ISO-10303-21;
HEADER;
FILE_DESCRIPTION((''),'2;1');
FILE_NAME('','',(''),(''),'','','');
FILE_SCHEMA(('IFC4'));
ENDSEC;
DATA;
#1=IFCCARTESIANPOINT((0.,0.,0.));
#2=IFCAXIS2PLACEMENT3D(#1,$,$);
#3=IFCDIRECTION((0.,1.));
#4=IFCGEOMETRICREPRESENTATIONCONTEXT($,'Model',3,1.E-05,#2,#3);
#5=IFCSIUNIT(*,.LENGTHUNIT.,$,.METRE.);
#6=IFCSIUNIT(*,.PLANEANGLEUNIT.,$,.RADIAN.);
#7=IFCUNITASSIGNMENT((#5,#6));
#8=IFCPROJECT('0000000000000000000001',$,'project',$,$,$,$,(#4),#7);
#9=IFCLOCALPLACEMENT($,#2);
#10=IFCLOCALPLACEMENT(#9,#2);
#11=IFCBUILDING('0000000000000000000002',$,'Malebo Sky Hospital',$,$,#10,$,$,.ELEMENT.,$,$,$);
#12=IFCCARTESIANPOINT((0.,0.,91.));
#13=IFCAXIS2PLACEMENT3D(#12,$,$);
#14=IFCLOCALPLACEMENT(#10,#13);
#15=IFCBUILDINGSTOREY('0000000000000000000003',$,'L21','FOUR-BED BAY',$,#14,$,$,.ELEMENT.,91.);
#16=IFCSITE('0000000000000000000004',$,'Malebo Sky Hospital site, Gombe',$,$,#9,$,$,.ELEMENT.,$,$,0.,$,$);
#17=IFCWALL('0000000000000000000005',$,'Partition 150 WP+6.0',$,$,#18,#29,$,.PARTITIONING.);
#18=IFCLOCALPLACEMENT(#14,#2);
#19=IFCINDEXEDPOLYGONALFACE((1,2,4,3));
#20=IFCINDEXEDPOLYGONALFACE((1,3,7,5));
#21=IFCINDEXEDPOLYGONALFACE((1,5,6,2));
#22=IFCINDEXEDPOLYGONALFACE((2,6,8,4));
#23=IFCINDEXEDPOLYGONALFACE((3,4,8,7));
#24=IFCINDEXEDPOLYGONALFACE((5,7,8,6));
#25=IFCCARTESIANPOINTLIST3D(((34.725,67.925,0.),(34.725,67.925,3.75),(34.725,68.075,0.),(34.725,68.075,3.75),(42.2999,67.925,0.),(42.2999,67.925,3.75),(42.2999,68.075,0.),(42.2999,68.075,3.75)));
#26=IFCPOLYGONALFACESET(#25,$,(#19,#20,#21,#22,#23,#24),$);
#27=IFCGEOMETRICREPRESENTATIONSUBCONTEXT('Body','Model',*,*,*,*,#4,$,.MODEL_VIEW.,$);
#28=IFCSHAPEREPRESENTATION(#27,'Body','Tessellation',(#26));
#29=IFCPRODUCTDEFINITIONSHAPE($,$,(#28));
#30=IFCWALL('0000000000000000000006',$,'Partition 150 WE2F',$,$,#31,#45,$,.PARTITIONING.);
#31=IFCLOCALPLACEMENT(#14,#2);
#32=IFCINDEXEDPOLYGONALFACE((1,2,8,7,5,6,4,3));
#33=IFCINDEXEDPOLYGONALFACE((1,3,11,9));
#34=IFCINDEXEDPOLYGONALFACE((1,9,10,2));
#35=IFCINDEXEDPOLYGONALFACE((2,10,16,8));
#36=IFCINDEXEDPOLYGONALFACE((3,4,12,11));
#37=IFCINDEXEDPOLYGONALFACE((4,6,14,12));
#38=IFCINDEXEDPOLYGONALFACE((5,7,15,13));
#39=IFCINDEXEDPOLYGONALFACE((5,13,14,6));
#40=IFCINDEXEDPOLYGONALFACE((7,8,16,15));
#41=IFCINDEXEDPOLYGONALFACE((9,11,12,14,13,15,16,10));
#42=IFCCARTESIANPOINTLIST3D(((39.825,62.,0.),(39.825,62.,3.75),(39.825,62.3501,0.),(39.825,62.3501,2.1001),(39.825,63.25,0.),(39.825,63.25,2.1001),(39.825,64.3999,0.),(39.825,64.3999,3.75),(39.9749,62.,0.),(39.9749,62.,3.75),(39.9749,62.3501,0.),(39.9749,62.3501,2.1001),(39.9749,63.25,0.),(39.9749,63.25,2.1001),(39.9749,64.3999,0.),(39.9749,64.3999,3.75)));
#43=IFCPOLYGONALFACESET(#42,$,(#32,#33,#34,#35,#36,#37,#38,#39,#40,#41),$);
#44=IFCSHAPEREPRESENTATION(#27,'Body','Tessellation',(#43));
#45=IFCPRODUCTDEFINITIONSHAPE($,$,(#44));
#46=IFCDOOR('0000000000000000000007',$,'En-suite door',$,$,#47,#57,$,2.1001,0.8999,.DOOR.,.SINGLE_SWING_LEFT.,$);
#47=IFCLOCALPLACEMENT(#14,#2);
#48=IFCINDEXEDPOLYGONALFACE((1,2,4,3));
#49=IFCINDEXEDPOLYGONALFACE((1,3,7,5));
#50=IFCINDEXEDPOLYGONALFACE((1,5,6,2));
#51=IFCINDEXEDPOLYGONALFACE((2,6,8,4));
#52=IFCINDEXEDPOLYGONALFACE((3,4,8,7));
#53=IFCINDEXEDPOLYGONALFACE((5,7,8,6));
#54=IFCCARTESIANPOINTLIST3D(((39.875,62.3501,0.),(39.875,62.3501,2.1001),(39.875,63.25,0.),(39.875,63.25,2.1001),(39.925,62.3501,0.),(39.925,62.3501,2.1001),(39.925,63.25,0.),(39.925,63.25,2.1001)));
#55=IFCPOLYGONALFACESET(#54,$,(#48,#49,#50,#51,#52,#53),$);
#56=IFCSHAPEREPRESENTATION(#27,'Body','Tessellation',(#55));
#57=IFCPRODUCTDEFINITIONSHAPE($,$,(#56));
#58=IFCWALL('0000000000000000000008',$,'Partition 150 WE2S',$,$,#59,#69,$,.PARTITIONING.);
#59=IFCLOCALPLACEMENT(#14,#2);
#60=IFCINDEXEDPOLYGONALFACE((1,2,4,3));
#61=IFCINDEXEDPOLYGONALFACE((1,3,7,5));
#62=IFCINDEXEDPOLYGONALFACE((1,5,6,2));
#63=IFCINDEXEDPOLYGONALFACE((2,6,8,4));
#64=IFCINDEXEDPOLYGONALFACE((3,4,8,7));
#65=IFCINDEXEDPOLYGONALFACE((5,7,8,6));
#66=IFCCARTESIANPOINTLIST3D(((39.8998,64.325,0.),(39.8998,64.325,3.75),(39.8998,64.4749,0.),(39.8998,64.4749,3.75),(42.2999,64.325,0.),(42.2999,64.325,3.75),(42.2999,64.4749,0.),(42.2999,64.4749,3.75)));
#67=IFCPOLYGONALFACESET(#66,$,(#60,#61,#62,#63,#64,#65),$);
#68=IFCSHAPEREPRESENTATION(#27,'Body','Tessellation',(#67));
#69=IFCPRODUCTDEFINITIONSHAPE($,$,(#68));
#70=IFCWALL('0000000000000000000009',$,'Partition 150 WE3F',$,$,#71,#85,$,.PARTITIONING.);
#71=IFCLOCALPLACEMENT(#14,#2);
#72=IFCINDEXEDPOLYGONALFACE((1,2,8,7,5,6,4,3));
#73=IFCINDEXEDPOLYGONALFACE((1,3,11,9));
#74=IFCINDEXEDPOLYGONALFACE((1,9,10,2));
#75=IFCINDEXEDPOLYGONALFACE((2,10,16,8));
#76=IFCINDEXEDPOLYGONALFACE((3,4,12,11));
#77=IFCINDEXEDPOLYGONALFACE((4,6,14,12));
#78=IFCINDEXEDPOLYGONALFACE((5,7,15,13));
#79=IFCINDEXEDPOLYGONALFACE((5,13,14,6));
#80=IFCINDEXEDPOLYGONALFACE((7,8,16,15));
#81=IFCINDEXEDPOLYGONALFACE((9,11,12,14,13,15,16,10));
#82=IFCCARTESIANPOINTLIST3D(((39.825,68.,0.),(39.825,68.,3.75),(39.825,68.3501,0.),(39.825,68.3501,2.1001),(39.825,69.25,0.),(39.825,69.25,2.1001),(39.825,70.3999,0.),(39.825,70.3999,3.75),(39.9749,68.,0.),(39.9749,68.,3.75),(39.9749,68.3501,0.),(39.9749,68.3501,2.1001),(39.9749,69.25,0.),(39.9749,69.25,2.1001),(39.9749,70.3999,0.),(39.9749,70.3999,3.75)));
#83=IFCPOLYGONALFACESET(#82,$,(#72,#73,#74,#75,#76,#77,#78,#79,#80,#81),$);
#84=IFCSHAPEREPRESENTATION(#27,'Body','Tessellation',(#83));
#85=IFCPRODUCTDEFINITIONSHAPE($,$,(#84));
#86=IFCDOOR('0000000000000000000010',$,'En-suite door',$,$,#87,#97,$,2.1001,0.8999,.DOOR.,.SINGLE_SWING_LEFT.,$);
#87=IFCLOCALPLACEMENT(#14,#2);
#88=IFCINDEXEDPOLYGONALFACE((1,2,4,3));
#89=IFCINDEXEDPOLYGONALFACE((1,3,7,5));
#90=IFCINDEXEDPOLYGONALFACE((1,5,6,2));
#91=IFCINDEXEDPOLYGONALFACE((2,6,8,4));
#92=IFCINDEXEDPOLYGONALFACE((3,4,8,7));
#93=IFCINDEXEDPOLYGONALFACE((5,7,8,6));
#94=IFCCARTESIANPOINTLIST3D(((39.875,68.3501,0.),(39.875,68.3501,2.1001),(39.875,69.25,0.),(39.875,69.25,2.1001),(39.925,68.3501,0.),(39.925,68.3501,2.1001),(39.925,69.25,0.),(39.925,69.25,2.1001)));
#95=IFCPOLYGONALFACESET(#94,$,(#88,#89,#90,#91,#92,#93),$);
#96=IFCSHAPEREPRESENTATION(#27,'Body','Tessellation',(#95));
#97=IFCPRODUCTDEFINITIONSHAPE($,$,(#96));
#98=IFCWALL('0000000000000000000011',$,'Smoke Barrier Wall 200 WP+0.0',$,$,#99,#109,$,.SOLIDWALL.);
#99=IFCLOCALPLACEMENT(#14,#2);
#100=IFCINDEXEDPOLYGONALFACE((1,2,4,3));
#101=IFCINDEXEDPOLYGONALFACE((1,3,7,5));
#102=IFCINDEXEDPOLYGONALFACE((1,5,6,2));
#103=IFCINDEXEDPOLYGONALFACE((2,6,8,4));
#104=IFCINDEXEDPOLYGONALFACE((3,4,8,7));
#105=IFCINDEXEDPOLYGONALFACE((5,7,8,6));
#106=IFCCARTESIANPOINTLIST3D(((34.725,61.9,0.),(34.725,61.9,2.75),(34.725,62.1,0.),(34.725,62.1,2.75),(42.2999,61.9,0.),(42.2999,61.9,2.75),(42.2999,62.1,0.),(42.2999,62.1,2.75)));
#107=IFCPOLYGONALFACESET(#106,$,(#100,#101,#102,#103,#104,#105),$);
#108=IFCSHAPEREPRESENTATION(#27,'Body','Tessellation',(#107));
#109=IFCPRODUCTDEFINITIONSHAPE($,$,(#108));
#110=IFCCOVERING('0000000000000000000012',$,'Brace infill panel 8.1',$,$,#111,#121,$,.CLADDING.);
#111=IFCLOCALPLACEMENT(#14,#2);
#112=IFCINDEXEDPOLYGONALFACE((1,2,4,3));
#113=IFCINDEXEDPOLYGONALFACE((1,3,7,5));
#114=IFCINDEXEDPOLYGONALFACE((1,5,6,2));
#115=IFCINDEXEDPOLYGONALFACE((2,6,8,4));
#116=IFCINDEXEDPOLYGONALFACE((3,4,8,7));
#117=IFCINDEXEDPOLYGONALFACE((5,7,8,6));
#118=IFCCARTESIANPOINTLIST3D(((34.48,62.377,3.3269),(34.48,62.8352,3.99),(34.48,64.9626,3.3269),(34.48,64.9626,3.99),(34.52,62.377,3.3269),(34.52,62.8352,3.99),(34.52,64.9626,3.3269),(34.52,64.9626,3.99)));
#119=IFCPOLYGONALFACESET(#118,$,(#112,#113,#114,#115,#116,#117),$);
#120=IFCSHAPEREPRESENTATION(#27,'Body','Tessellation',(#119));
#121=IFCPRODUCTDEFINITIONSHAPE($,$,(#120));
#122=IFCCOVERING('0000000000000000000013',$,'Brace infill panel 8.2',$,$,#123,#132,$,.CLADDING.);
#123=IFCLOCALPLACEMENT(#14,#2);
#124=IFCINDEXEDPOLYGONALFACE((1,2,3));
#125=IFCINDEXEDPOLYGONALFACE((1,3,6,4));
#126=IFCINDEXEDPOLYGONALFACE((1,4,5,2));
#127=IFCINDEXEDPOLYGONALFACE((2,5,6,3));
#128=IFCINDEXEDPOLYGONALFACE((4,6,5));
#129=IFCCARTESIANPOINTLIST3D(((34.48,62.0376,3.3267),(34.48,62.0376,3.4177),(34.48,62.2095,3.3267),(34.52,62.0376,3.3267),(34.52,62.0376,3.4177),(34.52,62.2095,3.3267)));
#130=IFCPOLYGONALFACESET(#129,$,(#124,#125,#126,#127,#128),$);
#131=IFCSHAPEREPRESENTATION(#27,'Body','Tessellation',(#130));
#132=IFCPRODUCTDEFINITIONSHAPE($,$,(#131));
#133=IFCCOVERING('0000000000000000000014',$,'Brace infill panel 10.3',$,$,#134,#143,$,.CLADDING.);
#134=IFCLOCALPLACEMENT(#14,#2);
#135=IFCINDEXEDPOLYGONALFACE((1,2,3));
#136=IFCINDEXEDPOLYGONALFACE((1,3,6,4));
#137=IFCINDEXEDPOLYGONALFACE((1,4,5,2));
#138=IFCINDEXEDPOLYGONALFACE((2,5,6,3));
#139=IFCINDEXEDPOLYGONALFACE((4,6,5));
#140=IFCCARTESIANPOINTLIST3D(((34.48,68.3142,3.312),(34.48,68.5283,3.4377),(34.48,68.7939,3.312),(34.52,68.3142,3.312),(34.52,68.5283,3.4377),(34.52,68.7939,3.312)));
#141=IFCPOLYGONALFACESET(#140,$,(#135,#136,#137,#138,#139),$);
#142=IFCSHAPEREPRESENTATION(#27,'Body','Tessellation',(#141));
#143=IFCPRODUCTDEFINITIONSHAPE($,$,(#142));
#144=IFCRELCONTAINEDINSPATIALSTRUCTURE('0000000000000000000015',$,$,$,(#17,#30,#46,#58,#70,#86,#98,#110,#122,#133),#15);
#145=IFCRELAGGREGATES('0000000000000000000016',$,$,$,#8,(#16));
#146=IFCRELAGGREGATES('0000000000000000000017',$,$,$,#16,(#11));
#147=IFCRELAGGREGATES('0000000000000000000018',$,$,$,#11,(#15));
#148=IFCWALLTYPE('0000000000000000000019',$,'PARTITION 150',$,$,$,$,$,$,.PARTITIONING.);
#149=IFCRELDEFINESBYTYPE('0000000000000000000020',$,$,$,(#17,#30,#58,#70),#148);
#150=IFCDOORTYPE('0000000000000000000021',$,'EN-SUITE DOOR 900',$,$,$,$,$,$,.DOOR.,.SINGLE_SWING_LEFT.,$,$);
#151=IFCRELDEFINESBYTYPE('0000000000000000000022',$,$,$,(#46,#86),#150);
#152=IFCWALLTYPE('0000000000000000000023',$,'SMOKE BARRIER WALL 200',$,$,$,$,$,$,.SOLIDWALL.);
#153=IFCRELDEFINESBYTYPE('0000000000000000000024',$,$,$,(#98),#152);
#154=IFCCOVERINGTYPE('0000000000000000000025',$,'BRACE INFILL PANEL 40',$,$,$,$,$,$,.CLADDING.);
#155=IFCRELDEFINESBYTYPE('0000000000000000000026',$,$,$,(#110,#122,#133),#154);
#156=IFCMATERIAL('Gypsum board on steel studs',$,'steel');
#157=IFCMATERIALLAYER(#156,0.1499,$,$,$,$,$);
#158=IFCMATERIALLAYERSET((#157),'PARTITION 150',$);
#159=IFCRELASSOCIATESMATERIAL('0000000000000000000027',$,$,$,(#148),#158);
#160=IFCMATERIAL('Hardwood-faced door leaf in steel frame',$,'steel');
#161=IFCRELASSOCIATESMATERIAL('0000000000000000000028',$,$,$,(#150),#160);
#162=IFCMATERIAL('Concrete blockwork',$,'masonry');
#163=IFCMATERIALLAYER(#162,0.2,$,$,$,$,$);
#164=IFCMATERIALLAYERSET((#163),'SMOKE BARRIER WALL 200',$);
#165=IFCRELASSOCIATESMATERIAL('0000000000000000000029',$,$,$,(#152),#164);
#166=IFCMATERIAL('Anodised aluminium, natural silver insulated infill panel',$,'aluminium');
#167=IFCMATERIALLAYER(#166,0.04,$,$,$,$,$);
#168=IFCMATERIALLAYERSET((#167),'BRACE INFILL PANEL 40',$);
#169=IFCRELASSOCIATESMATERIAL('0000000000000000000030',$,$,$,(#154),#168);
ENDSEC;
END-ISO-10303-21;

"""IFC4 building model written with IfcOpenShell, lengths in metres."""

from ifc_helpers import new_model, si_unit, direction, frame, frame_2d, origin, place, context, subcontext, project, spatial, polyline, rectangle, outline, extrude, material, layer, layer_set, type_object, element, fill, save


model = new_model("IFC4")

# Units and contexts
model_context = context("Model", 3, precision=1e-05, world=origin(), true_north=direction((0.0, 1.0)))
body_context = subcontext(model_context, "Body", "Model", "MODEL_VIEW")
ifc_project = project(units=[si_unit("LENGTHUNIT", "METRE"), si_unit("PLANEANGLEUNIT", "RADIAN")], contexts=[model_context])

# Site, building, storey
site_placement = place(None, origin())
site = spatial("IfcSite", under=ifc_project, at=site_placement, Name="Malebo Sky Hospital site, Gombe", CompositionType="ELEMENT", RefElevation=0.0)
building_placement = place(site_placement, origin())
building = spatial("IfcBuilding", under=site, at=building_placement, Name="Malebo Sky Hospital", CompositionType="ELEMENT")
storey_placement = place(building_placement, frame((0.0, 0.0, 91.0)))
storey = spatial("IfcBuildingStorey", under=building, at=storey_placement, Name="L21", Description="FOUR-BED BAY", CompositionType="ELEMENT", Elevation=91.0)

# Wall
ifc_material_1 = material(Name="Gypsum board on steel studs", Category="steel")
ifc_layer_1 = layer(ifc_material_1, 0.1499)
ifc_layer_set_1 = layer_set([ifc_layer_1], Name="PARTITION 150")
wall_type_1 = type_object("IfcWallType", Name="PARTITION 150", PredefinedType="PARTITIONING", material=ifc_layer_set_1)
wall_1_placement = place(storey_placement, frame((42.3, 68.0, 0.0), z_axis=(0.0, 0.0, 1.0), x_axis=(-1.0, 0.0, 0.0)))
element("IfcWall", 1, at=wall_1_placement, inside=storey, type_object=wall_type_1, Name="Partition 150 WP+6.0", PredefinedType="PARTITIONING", context=body_context, shape_type="SweptSolid", body=[
    extrude(rectangle(XDim=7.575, YDim=0.1499, at=frame_2d((3.7876, 0.0))), origin(), (0.0, 0.0, 1.0), 3.75),
])

# Wall, opening, door
wall_2_placement = place(storey_placement, frame((39.8999, 62.0, 0.0), z_axis=(0.0, 0.0, 1.0), x_axis=(0.0, 1.0, 0.0)))
wall_2 = element("IfcWall", 2, at=wall_2_placement, inside=storey, type_object=wall_type_1, Name="Partition 150 WE2F", PredefinedType="PARTITIONING", context=body_context, shape_type="SweptSolid", body=[
    extrude(rectangle(XDim=2.3999, YDim=0.1499, at=frame_2d((1.2, 0.0))), origin(), (0.0, 0.0, 1.0), 3.75),
])
opening_1_placement = place(wall_2_placement, frame((0.3501, 0.0, 0.0)))
opening_1 = element("IfcOpeningElement", 3, at=opening_1_placement, cuts=wall_2, PredefinedType="OPENING", context=body_context, shape_type="SweptSolid", body=[
    extrude(rectangle(XDim=0.8999, YDim=2.1001, at=frame_2d((0.45, 1.05))), frame((0.0, 0.085, 0.0), z_axis=(0.0, -1.0, 0.0), x_axis=(1.0, 0.0, 0.0)), (0.0, 0.0, 1.0), 0.1699),
])
ifc_material_2 = material(Name="Hardwood-faced door leaf in steel frame", Category="steel")
door_type = type_object("IfcDoorType", Name="EN-SUITE DOOR 900", OperationType="SINGLE_SWING_LEFT", PredefinedType="DOOR", material=ifc_material_2)
door_1_placement = place(opening_1_placement, origin())
door_1 = element("IfcDoor", 4, at=door_1_placement, inside=storey, type_object=door_type, Name="En-suite door", OperationType="SINGLE_SWING_LEFT", OverallHeight=2.1001, OverallWidth=0.8999, PredefinedType="DOOR", context=body_context, shape_type="SweptSolid", body=[
    extrude(rectangle(XDim=0.8999, YDim=2.1001, at=frame_2d((0.45, 1.05))), frame((0.0, 0.0249, 0.0), z_axis=(0.0, -1.0, 0.0), x_axis=(1.0, 0.0, 0.0)), (0.0, 0.0, 1.0), 0.05),
])
fill(opening_1, door_1)

# Wall
wall_3_placement = place(storey_placement, frame((42.3, 64.3999, 0.0), z_axis=(0.0, 0.0, 1.0), x_axis=(-1.0, 0.0, 0.0)))
element("IfcWall", 5, at=wall_3_placement, inside=storey, type_object=wall_type_1, Name="Partition 150 WE2S", PredefinedType="PARTITIONING", context=body_context, shape_type="SweptSolid", body=[
    extrude(rectangle(XDim=2.4001, YDim=0.1499, at=frame_2d((1.2002, 0.0))), origin(), (0.0, 0.0, 1.0), 3.75),
])

# Wall, opening, door
wall_4_placement = place(storey_placement, frame((39.8999, 68.0, 0.0), z_axis=(0.0, 0.0, 1.0), x_axis=(0.0, 1.0, 0.0)))
wall_4 = element("IfcWall", 6, at=wall_4_placement, inside=storey, type_object=wall_type_1, Name="Partition 150 WE3F", PredefinedType="PARTITIONING", context=body_context, shape_type="SweptSolid", body=[
    extrude(rectangle(XDim=2.3999, YDim=0.1499, at=frame_2d((1.2, 0.0))), origin(), (0.0, 0.0, 1.0), 3.75),
])
opening_2_placement = place(wall_4_placement, frame((0.3501, 0.0, 0.0)))
opening_2 = element("IfcOpeningElement", 7, at=opening_2_placement, cuts=wall_4, PredefinedType="OPENING", context=body_context, shape_type="SweptSolid", body=[
    extrude(rectangle(XDim=0.8999, YDim=2.1001, at=frame_2d((0.45, 1.05))), frame((0.0, 0.085, 0.0), z_axis=(0.0, -1.0, 0.0), x_axis=(1.0, 0.0, 0.0)), (0.0, 0.0, 1.0), 0.1699),
])
door_2_placement = place(opening_2_placement, origin())
door_2 = element("IfcDoor", 8, at=door_2_placement, inside=storey, type_object=door_type, Name="En-suite door", OperationType="SINGLE_SWING_LEFT", OverallHeight=2.1001, OverallWidth=0.8999, PredefinedType="DOOR", context=body_context, shape_type="SweptSolid", body=[
    extrude(rectangle(XDim=0.8999, YDim=2.1001, at=frame_2d((0.45, 1.05))), frame((0.0, 0.0249, 0.0), z_axis=(0.0, -1.0, 0.0), x_axis=(1.0, 0.0, 0.0)), (0.0, 0.0, 1.0), 0.05),
])
fill(opening_2, door_2)

# Wall
ifc_material_3 = material(Name="Concrete blockwork", Category="masonry")
ifc_layer_2 = layer(ifc_material_3, 0.2)
ifc_layer_set_2 = layer_set([ifc_layer_2], Name="SMOKE BARRIER WALL 200")
wall_type_2 = type_object("IfcWallType", Name="SMOKE BARRIER WALL 200", PredefinedType="SOLIDWALL", material=ifc_layer_set_2)
wall_5_placement = place(storey_placement, frame((42.3, 62.0, 0.0), z_axis=(0.0, 0.0, 1.0), x_axis=(-1.0, 0.0, 0.0)))
element("IfcWall", 9, at=wall_5_placement, inside=storey, type_object=wall_type_2, Name="Smoke Barrier Wall 200 WP+0.0", PredefinedType="SOLIDWALL", context=body_context, shape_type="SweptSolid", body=[
    extrude(rectangle(XDim=7.575, YDim=0.2, at=frame_2d((3.7876, 0.0))), origin(), (0.0, 0.0, 1.0), 2.75),
])

# Coverings
ifc_material_4 = material(Name="Anodised aluminium, natural silver insulated infill panel", Category="aluminium")
ifc_layer_3 = layer(ifc_material_4, 0.04)
ifc_layer_set_3 = layer_set([ifc_layer_3], Name="BRACE INFILL PANEL 40")
covering_type = type_object("IfcCoveringType", Name="BRACE INFILL PANEL 40", PredefinedType="CLADDING", material=ifc_layer_set_3)
covering_1_placement = place(storey_placement, frame((34.5, 63.6697, 3.3269), z_axis=(0.0, 0.0, 1.0), x_axis=(0.0, 1.0, 0.0)))
element("IfcCovering", 10, at=covering_1_placement, inside=storey, type_object=covering_type, Name="Brace infill panel 8.1", PredefinedType="CLADDING", context=body_context, shape_type="SweptSolid", body=[
    extrude(outline(polyline([(-1.2927, 0.0), (1.293, 0.0), (1.293, 0.6631), (-0.8345, 0.6631), (-1.2927, 0.0)])), frame((0.0, 0.02, 0.0), z_axis=(0.0, -1.0, 0.0), x_axis=(1.0, 0.0, 0.0)), (0.0, 0.0, 1.0), 0.04),
])
covering_2_placement = place(storey_placement, frame((34.5, 62.1235, 3.3267), z_axis=(0.0, 0.0, 1.0), x_axis=(0.0, 1.0, 0.0)))
element("IfcCovering", 11, at=covering_2_placement, inside=storey, type_object=covering_type, Name="Brace infill panel 8.2", PredefinedType="CLADDING", context=body_context, shape_type="SweptSolid", body=[
    extrude(outline(polyline([(-0.0859, 0.0), (0.0859, 0.0), (-0.0859, 0.0911), (-0.0859, 0.0)])), frame((0.0, 0.02, 0.0), z_axis=(0.0, -1.0, 0.0), x_axis=(1.0, 0.0, 0.0)), (0.0, 0.0, 1.0), 0.04),
])
covering_3_placement = place(storey_placement, frame((34.5, 68.5542, 3.312), z_axis=(0.0, 0.0, 1.0), x_axis=(0.0, 1.0, 0.0)))
element("IfcCovering", 12, at=covering_3_placement, inside=storey, type_object=covering_type, Name="Brace infill panel 10.3", PredefinedType="CLADDING", context=body_context, shape_type="SweptSolid", body=[
    extrude(outline(polyline([(-0.24, 0.0), (0.2397, 0.0), (-0.0259, 0.1257), (-0.24, 0.0)])), frame((0.0, 0.02, 0.0), z_axis=(0.0, -1.0, 0.0), x_axis=(1.0, 0.0, 0.0)), (0.0, 0.0, 1.0), 0.04),
])

save(model, "model.ifc")
